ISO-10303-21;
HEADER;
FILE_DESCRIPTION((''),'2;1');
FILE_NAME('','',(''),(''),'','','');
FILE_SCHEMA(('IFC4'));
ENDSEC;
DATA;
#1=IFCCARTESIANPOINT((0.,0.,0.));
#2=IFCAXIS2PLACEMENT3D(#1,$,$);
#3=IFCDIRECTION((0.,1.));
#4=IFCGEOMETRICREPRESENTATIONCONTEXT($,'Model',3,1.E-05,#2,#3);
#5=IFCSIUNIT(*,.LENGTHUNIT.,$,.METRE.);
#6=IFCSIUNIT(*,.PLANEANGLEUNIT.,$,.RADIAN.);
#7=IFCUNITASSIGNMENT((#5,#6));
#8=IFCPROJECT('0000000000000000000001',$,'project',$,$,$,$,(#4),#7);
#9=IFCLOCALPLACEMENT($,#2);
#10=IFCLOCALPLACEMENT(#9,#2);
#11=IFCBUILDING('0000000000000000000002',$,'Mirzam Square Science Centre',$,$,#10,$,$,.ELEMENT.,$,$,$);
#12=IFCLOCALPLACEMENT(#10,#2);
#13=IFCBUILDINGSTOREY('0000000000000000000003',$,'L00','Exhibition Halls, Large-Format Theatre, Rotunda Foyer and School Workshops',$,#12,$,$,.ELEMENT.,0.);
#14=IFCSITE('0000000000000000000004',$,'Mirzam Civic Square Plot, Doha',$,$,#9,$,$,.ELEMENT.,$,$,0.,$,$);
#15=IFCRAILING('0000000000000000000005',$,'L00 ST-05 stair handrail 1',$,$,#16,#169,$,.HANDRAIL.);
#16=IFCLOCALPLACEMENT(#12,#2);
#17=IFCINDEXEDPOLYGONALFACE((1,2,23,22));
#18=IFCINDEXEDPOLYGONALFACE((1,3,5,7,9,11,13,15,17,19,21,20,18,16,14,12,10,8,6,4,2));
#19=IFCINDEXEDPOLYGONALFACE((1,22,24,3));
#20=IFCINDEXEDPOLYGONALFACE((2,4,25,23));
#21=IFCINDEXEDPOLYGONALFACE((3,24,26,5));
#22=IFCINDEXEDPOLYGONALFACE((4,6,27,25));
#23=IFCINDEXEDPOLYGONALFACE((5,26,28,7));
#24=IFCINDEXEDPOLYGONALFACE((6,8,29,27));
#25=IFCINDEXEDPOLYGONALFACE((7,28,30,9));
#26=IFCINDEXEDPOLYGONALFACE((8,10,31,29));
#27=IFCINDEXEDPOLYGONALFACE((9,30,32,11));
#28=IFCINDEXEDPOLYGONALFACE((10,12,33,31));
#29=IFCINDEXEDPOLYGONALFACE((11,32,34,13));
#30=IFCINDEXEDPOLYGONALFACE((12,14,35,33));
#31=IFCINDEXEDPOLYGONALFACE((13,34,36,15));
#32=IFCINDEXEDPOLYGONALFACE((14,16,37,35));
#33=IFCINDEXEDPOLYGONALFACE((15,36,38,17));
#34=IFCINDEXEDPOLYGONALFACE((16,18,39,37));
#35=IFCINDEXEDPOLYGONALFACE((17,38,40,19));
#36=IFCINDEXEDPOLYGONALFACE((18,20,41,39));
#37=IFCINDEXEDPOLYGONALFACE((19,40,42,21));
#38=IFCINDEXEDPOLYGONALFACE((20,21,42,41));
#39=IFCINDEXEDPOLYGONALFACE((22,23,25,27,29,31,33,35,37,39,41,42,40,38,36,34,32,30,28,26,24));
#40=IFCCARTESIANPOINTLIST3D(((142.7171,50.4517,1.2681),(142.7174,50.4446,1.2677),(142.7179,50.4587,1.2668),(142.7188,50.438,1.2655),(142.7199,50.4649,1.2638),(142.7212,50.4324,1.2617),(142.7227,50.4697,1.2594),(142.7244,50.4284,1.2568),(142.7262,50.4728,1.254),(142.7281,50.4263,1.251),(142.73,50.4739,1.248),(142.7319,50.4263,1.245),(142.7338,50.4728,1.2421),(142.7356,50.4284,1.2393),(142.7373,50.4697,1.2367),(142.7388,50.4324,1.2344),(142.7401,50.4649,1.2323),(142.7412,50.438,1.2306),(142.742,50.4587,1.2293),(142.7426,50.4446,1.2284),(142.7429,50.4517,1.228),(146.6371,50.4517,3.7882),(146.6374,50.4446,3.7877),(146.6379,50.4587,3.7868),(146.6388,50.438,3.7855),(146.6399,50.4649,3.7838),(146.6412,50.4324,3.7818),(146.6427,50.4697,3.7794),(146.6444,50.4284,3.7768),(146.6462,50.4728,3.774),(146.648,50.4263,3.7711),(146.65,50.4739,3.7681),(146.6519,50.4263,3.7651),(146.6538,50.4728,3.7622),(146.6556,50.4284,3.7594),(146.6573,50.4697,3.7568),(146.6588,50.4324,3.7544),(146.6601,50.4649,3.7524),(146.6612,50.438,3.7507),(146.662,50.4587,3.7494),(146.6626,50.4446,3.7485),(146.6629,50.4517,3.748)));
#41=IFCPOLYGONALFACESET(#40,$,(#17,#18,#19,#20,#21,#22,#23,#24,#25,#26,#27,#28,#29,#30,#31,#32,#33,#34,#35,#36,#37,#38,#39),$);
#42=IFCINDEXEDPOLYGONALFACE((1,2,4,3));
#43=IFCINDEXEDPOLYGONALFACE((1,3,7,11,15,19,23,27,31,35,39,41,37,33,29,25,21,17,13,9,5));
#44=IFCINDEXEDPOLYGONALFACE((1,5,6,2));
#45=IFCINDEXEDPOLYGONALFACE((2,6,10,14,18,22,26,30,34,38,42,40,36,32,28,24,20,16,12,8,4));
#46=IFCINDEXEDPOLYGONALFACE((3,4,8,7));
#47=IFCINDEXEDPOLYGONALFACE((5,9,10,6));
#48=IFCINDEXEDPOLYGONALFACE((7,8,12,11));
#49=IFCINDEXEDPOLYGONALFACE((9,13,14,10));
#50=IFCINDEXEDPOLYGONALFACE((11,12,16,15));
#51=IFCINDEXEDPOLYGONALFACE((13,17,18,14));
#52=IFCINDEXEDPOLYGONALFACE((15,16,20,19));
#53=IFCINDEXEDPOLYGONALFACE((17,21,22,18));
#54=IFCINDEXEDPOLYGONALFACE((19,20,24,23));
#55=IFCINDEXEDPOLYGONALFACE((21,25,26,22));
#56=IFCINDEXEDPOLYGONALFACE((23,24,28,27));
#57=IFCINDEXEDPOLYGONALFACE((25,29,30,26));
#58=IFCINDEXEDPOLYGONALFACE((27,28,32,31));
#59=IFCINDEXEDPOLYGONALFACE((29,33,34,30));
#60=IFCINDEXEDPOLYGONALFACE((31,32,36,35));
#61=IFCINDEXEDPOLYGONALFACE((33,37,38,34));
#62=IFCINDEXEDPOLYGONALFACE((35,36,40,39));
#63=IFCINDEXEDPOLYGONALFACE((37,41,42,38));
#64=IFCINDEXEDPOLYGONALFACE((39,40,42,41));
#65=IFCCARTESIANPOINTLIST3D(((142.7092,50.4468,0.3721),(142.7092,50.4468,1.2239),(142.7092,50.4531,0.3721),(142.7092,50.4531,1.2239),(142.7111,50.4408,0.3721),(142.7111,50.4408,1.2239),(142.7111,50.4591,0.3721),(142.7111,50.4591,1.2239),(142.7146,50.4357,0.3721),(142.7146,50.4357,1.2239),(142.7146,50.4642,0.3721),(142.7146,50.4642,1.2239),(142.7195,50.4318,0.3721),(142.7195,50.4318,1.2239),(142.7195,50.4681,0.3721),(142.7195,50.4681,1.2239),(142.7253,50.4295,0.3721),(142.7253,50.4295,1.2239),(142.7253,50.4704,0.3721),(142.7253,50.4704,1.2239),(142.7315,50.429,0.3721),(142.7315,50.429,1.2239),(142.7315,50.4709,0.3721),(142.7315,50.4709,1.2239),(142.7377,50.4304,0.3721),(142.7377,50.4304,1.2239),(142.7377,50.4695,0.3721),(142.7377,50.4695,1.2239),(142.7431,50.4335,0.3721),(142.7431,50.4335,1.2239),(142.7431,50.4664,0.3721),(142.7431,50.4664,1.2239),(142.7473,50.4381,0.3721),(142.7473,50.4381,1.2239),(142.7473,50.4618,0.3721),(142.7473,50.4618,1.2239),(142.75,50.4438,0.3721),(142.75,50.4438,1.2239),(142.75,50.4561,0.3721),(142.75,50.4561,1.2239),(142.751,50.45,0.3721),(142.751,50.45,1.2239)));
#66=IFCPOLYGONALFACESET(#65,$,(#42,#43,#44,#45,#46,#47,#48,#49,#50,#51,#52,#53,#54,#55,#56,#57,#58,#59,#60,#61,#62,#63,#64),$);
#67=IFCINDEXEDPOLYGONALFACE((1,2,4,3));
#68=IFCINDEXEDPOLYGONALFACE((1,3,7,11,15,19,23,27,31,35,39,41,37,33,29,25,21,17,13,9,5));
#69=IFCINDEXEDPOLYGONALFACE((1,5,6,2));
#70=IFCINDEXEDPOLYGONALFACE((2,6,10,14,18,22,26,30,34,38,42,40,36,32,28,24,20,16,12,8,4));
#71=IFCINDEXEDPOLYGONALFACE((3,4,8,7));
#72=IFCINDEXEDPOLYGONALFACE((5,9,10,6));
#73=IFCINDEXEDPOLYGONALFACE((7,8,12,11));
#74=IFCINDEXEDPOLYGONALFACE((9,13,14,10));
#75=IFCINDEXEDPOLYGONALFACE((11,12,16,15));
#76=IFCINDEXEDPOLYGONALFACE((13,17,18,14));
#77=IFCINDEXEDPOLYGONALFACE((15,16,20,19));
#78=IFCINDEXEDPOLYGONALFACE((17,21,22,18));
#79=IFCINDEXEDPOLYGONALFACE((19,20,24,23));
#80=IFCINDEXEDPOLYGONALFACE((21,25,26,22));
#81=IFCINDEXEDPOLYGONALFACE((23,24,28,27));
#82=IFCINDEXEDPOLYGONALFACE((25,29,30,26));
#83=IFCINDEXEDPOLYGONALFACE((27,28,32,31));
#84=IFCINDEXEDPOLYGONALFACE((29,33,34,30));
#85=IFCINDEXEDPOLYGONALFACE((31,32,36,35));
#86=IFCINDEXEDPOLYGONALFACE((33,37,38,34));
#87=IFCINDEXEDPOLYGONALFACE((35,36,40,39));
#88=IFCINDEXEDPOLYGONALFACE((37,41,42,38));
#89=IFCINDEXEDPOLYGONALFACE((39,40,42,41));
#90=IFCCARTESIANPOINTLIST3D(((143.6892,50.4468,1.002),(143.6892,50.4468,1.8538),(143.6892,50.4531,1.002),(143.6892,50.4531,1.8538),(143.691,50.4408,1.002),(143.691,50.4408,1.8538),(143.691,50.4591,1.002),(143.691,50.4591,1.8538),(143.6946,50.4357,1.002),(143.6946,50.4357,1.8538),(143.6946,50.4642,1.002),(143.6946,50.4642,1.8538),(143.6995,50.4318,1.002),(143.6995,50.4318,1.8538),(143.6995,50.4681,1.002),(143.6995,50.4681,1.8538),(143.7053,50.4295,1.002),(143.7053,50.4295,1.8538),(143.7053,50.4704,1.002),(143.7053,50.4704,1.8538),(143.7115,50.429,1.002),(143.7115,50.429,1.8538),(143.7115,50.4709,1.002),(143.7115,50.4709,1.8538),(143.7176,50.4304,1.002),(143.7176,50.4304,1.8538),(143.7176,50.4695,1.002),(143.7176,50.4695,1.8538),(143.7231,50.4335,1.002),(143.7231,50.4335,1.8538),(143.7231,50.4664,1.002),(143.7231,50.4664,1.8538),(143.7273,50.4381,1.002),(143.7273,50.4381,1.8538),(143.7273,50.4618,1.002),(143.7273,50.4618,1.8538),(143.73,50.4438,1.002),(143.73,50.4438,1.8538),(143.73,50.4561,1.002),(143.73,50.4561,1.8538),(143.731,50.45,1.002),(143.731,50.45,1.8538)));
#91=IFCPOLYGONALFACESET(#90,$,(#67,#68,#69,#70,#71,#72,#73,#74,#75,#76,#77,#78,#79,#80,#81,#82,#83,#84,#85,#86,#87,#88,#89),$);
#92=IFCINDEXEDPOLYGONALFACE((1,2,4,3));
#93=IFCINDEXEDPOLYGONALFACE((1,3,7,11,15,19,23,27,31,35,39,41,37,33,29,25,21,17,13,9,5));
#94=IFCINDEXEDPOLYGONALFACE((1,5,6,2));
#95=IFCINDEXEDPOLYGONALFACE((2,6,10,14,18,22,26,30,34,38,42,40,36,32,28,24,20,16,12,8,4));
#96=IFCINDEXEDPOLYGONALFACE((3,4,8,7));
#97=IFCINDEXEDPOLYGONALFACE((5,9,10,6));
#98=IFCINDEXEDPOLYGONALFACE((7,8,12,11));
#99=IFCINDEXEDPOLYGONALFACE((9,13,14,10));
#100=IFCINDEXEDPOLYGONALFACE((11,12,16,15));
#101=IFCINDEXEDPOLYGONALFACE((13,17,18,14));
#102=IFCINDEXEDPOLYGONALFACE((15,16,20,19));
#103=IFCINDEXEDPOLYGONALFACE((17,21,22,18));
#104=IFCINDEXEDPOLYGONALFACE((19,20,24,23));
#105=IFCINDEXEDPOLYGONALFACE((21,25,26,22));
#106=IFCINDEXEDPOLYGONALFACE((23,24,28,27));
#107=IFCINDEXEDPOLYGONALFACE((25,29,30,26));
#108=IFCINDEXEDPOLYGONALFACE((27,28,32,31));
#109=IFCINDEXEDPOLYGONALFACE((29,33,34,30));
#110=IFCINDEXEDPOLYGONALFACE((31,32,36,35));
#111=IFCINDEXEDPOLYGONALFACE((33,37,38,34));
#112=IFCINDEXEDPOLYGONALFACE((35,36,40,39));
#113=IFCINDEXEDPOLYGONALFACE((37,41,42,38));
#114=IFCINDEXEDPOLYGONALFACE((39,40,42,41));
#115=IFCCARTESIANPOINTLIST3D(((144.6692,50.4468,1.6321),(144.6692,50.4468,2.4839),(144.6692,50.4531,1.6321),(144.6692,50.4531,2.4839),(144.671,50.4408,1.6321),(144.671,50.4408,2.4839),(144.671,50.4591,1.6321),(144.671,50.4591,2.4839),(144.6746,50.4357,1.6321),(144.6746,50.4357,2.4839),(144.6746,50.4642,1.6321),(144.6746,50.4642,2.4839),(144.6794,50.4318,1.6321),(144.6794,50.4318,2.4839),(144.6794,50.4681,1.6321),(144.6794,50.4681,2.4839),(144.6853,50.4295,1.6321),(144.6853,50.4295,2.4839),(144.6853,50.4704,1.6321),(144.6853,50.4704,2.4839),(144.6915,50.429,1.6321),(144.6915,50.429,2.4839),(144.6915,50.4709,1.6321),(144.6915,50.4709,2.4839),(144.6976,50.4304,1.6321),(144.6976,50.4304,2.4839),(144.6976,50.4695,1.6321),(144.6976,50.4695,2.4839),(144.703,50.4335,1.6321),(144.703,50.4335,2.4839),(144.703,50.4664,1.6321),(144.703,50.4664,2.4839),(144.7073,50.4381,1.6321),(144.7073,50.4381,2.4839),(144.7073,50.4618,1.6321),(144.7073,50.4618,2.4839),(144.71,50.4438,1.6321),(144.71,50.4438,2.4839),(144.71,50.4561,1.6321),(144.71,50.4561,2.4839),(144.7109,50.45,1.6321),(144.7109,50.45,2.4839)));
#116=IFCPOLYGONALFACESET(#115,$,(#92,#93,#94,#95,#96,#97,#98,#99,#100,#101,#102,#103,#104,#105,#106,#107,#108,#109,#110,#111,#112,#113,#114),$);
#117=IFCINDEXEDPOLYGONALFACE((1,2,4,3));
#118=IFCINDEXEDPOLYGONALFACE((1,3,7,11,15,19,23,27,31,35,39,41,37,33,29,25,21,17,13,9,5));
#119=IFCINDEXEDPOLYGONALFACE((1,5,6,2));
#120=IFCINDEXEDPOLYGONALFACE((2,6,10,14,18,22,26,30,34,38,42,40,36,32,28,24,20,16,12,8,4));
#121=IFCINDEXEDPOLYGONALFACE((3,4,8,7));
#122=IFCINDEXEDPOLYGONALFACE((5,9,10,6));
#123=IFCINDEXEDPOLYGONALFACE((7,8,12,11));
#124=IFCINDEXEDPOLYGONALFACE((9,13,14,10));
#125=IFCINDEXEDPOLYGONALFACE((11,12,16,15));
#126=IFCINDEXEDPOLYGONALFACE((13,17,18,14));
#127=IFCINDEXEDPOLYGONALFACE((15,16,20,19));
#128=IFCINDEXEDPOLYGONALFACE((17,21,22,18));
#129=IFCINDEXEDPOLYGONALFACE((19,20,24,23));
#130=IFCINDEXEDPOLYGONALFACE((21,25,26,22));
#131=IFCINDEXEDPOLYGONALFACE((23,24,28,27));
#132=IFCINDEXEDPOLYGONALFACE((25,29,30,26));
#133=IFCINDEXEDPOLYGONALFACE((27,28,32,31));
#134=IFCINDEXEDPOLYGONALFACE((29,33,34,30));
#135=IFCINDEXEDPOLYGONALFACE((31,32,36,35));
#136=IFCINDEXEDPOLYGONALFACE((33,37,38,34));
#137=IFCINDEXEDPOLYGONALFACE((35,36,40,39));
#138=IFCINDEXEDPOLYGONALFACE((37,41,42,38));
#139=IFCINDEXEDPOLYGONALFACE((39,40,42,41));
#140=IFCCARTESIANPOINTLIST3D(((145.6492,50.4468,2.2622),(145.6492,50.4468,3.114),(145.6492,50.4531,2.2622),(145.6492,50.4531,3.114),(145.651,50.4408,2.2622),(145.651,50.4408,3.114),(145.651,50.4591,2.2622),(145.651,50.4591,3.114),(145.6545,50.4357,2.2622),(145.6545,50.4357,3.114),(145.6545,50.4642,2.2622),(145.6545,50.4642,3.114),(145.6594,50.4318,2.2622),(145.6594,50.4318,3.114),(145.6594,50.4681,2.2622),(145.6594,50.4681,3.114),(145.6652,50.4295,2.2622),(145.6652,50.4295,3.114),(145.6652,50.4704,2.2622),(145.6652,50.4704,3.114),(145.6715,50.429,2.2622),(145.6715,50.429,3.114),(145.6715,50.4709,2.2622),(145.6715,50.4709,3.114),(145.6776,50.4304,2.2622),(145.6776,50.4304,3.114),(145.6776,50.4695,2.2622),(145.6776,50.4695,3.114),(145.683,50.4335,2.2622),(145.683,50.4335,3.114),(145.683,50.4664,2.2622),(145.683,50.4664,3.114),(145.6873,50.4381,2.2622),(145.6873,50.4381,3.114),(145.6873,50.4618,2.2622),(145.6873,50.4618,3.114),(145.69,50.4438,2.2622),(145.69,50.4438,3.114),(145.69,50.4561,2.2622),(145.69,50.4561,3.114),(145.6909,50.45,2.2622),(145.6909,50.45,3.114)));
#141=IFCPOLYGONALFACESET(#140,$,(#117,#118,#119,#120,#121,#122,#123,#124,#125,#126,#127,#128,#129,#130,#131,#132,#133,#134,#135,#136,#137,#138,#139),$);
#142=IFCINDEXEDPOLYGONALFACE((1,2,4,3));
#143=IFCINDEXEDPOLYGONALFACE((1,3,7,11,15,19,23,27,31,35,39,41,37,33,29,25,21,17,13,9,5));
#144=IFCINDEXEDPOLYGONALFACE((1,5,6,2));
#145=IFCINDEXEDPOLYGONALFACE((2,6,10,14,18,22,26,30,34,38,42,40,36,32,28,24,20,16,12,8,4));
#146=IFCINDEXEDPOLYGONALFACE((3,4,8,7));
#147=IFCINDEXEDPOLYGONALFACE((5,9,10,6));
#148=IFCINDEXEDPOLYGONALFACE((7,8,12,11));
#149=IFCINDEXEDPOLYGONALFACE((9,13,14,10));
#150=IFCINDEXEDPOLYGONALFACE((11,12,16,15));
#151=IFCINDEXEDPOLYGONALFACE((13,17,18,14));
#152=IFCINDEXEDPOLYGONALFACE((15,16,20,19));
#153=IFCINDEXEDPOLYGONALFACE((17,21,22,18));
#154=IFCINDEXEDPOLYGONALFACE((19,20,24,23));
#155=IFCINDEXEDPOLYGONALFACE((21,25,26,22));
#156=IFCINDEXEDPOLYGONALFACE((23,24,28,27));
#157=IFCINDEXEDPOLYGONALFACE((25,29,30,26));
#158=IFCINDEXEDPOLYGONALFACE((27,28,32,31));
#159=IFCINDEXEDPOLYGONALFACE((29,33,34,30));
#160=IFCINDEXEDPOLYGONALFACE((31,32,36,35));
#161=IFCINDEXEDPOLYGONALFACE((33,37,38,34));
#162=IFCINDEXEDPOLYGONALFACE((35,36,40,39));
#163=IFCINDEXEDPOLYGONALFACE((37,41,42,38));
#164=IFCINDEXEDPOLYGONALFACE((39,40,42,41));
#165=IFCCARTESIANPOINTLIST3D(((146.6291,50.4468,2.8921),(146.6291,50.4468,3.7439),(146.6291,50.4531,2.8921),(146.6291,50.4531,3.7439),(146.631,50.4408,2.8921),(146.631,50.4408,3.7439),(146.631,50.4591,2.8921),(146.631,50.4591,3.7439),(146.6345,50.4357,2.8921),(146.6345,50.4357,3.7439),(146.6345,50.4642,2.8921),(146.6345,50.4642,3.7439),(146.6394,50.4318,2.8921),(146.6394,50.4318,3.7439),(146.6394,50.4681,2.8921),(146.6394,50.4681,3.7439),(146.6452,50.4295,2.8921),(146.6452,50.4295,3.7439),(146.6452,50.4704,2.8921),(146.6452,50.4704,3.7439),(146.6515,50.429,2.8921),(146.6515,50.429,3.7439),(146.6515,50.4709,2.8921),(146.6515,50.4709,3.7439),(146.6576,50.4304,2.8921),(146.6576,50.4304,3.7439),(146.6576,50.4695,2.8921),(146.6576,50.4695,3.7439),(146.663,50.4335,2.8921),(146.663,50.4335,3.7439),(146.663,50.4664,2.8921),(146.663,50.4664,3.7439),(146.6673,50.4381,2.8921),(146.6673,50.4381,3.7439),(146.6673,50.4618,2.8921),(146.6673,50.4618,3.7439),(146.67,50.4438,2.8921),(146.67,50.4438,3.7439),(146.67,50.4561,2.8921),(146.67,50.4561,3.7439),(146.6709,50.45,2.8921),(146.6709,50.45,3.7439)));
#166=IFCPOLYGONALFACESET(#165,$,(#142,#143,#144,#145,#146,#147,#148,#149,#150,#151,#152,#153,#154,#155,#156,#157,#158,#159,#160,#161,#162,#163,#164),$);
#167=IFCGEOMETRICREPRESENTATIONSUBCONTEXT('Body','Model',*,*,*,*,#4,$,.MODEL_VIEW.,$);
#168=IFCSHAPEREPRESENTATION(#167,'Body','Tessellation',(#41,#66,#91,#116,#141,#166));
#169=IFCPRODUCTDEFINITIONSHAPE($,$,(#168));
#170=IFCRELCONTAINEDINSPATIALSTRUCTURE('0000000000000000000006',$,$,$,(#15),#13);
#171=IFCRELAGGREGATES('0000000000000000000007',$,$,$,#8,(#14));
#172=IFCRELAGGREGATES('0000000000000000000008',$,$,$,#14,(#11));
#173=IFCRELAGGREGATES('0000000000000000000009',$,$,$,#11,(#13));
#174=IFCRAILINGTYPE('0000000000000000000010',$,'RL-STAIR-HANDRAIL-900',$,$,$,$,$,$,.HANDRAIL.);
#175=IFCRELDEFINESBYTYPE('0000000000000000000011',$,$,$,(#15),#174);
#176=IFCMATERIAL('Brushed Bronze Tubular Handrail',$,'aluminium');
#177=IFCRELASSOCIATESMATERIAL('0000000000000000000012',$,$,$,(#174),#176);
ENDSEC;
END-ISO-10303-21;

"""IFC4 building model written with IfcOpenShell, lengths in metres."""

from ifc_helpers import new_model, si_unit, direction, frame, origin, origin_2d, place, context, subcontext, project, spatial, circle, extrude, material, type_object, element, save


model = new_model("IFC4")

# Units and contexts
model_context = context("Model", 3, precision=1e-05, world=origin(), true_north=direction((0.0, 1.0)))
body_context = subcontext(model_context, "Body", "Model", "MODEL_VIEW")
ifc_project = project(units=[si_unit("LENGTHUNIT", "METRE"), si_unit("PLANEANGLEUNIT", "RADIAN")], contexts=[model_context])

# Site, building, storey
site_placement = place(None, origin())
site = spatial("IfcSite", under=ifc_project, at=site_placement, Name="Mirzam Civic Square Plot, Doha", CompositionType="ELEMENT", RefElevation=0.0)
building_placement = place(site_placement, origin())
building = spatial("IfcBuilding", under=site, at=building_placement, Name="Mirzam Square Science Centre", CompositionType="ELEMENT")
storey_placement = place(building_placement, origin())
storey = spatial("IfcBuildingStorey", under=building, at=storey_placement, Name="L00", Description="Exhibition Halls, Large-Format Theatre, Rotunda Foyer and School Workshops", CompositionType="ELEMENT", Elevation=0.0)

# Railing
ifc_material_1 = material(Name="Brushed Bronze Tubular Handrail", Category="aluminium")
railing_type_1 = type_object("IfcRailingType", Name="RL-STAIR-HANDRAIL-900", PredefinedType="HANDRAIL", material=ifc_material_1)
railing_1_placement = place(storey_placement, frame((142.73, 50.45, 0.3721)))
element("IfcRailing", 1, at=railing_1_placement, inside=storey, type_object=railing_type_1, Name="L00 ST-05 stair handrail 1", PredefinedType="HANDRAIL", context=body_context, shape_type="SweptSolid", body=[
    extrude(circle(Radius=0.0239, at=origin_2d()), frame((0.0, 0.0, 0.876), z_axis=(0.841172, 0.0, 0.540768), x_axis=(0.0, 1.0, 0.0)), (0.0, 0.0, 1.0), 4.6602),
    extrude(circle(Radius=0.021, at=origin_2d()), origin(), (0.0, 0.0, 1.0), 0.8518),
    extrude(circle(Radius=0.021, at=origin_2d()), frame((0.98, 0.0, 0.6299)), (0.0, 0.0, 1.0), 0.8518),
    extrude(circle(Radius=0.021, at=origin_2d()), frame((1.96, 0.0, 1.26)), (0.0, 0.0, 1.0), 0.8518),
    extrude(circle(Radius=0.021, at=origin_2d()), frame((2.9399, 0.0, 1.8901)), (0.0, 0.0, 1.0), 0.8518),
    extrude(circle(Radius=0.021, at=origin_2d()), frame((3.9199, 0.0, 2.52)), (0.0, 0.0, 1.0), 0.8518),
])

save(model, "model.ifc")
